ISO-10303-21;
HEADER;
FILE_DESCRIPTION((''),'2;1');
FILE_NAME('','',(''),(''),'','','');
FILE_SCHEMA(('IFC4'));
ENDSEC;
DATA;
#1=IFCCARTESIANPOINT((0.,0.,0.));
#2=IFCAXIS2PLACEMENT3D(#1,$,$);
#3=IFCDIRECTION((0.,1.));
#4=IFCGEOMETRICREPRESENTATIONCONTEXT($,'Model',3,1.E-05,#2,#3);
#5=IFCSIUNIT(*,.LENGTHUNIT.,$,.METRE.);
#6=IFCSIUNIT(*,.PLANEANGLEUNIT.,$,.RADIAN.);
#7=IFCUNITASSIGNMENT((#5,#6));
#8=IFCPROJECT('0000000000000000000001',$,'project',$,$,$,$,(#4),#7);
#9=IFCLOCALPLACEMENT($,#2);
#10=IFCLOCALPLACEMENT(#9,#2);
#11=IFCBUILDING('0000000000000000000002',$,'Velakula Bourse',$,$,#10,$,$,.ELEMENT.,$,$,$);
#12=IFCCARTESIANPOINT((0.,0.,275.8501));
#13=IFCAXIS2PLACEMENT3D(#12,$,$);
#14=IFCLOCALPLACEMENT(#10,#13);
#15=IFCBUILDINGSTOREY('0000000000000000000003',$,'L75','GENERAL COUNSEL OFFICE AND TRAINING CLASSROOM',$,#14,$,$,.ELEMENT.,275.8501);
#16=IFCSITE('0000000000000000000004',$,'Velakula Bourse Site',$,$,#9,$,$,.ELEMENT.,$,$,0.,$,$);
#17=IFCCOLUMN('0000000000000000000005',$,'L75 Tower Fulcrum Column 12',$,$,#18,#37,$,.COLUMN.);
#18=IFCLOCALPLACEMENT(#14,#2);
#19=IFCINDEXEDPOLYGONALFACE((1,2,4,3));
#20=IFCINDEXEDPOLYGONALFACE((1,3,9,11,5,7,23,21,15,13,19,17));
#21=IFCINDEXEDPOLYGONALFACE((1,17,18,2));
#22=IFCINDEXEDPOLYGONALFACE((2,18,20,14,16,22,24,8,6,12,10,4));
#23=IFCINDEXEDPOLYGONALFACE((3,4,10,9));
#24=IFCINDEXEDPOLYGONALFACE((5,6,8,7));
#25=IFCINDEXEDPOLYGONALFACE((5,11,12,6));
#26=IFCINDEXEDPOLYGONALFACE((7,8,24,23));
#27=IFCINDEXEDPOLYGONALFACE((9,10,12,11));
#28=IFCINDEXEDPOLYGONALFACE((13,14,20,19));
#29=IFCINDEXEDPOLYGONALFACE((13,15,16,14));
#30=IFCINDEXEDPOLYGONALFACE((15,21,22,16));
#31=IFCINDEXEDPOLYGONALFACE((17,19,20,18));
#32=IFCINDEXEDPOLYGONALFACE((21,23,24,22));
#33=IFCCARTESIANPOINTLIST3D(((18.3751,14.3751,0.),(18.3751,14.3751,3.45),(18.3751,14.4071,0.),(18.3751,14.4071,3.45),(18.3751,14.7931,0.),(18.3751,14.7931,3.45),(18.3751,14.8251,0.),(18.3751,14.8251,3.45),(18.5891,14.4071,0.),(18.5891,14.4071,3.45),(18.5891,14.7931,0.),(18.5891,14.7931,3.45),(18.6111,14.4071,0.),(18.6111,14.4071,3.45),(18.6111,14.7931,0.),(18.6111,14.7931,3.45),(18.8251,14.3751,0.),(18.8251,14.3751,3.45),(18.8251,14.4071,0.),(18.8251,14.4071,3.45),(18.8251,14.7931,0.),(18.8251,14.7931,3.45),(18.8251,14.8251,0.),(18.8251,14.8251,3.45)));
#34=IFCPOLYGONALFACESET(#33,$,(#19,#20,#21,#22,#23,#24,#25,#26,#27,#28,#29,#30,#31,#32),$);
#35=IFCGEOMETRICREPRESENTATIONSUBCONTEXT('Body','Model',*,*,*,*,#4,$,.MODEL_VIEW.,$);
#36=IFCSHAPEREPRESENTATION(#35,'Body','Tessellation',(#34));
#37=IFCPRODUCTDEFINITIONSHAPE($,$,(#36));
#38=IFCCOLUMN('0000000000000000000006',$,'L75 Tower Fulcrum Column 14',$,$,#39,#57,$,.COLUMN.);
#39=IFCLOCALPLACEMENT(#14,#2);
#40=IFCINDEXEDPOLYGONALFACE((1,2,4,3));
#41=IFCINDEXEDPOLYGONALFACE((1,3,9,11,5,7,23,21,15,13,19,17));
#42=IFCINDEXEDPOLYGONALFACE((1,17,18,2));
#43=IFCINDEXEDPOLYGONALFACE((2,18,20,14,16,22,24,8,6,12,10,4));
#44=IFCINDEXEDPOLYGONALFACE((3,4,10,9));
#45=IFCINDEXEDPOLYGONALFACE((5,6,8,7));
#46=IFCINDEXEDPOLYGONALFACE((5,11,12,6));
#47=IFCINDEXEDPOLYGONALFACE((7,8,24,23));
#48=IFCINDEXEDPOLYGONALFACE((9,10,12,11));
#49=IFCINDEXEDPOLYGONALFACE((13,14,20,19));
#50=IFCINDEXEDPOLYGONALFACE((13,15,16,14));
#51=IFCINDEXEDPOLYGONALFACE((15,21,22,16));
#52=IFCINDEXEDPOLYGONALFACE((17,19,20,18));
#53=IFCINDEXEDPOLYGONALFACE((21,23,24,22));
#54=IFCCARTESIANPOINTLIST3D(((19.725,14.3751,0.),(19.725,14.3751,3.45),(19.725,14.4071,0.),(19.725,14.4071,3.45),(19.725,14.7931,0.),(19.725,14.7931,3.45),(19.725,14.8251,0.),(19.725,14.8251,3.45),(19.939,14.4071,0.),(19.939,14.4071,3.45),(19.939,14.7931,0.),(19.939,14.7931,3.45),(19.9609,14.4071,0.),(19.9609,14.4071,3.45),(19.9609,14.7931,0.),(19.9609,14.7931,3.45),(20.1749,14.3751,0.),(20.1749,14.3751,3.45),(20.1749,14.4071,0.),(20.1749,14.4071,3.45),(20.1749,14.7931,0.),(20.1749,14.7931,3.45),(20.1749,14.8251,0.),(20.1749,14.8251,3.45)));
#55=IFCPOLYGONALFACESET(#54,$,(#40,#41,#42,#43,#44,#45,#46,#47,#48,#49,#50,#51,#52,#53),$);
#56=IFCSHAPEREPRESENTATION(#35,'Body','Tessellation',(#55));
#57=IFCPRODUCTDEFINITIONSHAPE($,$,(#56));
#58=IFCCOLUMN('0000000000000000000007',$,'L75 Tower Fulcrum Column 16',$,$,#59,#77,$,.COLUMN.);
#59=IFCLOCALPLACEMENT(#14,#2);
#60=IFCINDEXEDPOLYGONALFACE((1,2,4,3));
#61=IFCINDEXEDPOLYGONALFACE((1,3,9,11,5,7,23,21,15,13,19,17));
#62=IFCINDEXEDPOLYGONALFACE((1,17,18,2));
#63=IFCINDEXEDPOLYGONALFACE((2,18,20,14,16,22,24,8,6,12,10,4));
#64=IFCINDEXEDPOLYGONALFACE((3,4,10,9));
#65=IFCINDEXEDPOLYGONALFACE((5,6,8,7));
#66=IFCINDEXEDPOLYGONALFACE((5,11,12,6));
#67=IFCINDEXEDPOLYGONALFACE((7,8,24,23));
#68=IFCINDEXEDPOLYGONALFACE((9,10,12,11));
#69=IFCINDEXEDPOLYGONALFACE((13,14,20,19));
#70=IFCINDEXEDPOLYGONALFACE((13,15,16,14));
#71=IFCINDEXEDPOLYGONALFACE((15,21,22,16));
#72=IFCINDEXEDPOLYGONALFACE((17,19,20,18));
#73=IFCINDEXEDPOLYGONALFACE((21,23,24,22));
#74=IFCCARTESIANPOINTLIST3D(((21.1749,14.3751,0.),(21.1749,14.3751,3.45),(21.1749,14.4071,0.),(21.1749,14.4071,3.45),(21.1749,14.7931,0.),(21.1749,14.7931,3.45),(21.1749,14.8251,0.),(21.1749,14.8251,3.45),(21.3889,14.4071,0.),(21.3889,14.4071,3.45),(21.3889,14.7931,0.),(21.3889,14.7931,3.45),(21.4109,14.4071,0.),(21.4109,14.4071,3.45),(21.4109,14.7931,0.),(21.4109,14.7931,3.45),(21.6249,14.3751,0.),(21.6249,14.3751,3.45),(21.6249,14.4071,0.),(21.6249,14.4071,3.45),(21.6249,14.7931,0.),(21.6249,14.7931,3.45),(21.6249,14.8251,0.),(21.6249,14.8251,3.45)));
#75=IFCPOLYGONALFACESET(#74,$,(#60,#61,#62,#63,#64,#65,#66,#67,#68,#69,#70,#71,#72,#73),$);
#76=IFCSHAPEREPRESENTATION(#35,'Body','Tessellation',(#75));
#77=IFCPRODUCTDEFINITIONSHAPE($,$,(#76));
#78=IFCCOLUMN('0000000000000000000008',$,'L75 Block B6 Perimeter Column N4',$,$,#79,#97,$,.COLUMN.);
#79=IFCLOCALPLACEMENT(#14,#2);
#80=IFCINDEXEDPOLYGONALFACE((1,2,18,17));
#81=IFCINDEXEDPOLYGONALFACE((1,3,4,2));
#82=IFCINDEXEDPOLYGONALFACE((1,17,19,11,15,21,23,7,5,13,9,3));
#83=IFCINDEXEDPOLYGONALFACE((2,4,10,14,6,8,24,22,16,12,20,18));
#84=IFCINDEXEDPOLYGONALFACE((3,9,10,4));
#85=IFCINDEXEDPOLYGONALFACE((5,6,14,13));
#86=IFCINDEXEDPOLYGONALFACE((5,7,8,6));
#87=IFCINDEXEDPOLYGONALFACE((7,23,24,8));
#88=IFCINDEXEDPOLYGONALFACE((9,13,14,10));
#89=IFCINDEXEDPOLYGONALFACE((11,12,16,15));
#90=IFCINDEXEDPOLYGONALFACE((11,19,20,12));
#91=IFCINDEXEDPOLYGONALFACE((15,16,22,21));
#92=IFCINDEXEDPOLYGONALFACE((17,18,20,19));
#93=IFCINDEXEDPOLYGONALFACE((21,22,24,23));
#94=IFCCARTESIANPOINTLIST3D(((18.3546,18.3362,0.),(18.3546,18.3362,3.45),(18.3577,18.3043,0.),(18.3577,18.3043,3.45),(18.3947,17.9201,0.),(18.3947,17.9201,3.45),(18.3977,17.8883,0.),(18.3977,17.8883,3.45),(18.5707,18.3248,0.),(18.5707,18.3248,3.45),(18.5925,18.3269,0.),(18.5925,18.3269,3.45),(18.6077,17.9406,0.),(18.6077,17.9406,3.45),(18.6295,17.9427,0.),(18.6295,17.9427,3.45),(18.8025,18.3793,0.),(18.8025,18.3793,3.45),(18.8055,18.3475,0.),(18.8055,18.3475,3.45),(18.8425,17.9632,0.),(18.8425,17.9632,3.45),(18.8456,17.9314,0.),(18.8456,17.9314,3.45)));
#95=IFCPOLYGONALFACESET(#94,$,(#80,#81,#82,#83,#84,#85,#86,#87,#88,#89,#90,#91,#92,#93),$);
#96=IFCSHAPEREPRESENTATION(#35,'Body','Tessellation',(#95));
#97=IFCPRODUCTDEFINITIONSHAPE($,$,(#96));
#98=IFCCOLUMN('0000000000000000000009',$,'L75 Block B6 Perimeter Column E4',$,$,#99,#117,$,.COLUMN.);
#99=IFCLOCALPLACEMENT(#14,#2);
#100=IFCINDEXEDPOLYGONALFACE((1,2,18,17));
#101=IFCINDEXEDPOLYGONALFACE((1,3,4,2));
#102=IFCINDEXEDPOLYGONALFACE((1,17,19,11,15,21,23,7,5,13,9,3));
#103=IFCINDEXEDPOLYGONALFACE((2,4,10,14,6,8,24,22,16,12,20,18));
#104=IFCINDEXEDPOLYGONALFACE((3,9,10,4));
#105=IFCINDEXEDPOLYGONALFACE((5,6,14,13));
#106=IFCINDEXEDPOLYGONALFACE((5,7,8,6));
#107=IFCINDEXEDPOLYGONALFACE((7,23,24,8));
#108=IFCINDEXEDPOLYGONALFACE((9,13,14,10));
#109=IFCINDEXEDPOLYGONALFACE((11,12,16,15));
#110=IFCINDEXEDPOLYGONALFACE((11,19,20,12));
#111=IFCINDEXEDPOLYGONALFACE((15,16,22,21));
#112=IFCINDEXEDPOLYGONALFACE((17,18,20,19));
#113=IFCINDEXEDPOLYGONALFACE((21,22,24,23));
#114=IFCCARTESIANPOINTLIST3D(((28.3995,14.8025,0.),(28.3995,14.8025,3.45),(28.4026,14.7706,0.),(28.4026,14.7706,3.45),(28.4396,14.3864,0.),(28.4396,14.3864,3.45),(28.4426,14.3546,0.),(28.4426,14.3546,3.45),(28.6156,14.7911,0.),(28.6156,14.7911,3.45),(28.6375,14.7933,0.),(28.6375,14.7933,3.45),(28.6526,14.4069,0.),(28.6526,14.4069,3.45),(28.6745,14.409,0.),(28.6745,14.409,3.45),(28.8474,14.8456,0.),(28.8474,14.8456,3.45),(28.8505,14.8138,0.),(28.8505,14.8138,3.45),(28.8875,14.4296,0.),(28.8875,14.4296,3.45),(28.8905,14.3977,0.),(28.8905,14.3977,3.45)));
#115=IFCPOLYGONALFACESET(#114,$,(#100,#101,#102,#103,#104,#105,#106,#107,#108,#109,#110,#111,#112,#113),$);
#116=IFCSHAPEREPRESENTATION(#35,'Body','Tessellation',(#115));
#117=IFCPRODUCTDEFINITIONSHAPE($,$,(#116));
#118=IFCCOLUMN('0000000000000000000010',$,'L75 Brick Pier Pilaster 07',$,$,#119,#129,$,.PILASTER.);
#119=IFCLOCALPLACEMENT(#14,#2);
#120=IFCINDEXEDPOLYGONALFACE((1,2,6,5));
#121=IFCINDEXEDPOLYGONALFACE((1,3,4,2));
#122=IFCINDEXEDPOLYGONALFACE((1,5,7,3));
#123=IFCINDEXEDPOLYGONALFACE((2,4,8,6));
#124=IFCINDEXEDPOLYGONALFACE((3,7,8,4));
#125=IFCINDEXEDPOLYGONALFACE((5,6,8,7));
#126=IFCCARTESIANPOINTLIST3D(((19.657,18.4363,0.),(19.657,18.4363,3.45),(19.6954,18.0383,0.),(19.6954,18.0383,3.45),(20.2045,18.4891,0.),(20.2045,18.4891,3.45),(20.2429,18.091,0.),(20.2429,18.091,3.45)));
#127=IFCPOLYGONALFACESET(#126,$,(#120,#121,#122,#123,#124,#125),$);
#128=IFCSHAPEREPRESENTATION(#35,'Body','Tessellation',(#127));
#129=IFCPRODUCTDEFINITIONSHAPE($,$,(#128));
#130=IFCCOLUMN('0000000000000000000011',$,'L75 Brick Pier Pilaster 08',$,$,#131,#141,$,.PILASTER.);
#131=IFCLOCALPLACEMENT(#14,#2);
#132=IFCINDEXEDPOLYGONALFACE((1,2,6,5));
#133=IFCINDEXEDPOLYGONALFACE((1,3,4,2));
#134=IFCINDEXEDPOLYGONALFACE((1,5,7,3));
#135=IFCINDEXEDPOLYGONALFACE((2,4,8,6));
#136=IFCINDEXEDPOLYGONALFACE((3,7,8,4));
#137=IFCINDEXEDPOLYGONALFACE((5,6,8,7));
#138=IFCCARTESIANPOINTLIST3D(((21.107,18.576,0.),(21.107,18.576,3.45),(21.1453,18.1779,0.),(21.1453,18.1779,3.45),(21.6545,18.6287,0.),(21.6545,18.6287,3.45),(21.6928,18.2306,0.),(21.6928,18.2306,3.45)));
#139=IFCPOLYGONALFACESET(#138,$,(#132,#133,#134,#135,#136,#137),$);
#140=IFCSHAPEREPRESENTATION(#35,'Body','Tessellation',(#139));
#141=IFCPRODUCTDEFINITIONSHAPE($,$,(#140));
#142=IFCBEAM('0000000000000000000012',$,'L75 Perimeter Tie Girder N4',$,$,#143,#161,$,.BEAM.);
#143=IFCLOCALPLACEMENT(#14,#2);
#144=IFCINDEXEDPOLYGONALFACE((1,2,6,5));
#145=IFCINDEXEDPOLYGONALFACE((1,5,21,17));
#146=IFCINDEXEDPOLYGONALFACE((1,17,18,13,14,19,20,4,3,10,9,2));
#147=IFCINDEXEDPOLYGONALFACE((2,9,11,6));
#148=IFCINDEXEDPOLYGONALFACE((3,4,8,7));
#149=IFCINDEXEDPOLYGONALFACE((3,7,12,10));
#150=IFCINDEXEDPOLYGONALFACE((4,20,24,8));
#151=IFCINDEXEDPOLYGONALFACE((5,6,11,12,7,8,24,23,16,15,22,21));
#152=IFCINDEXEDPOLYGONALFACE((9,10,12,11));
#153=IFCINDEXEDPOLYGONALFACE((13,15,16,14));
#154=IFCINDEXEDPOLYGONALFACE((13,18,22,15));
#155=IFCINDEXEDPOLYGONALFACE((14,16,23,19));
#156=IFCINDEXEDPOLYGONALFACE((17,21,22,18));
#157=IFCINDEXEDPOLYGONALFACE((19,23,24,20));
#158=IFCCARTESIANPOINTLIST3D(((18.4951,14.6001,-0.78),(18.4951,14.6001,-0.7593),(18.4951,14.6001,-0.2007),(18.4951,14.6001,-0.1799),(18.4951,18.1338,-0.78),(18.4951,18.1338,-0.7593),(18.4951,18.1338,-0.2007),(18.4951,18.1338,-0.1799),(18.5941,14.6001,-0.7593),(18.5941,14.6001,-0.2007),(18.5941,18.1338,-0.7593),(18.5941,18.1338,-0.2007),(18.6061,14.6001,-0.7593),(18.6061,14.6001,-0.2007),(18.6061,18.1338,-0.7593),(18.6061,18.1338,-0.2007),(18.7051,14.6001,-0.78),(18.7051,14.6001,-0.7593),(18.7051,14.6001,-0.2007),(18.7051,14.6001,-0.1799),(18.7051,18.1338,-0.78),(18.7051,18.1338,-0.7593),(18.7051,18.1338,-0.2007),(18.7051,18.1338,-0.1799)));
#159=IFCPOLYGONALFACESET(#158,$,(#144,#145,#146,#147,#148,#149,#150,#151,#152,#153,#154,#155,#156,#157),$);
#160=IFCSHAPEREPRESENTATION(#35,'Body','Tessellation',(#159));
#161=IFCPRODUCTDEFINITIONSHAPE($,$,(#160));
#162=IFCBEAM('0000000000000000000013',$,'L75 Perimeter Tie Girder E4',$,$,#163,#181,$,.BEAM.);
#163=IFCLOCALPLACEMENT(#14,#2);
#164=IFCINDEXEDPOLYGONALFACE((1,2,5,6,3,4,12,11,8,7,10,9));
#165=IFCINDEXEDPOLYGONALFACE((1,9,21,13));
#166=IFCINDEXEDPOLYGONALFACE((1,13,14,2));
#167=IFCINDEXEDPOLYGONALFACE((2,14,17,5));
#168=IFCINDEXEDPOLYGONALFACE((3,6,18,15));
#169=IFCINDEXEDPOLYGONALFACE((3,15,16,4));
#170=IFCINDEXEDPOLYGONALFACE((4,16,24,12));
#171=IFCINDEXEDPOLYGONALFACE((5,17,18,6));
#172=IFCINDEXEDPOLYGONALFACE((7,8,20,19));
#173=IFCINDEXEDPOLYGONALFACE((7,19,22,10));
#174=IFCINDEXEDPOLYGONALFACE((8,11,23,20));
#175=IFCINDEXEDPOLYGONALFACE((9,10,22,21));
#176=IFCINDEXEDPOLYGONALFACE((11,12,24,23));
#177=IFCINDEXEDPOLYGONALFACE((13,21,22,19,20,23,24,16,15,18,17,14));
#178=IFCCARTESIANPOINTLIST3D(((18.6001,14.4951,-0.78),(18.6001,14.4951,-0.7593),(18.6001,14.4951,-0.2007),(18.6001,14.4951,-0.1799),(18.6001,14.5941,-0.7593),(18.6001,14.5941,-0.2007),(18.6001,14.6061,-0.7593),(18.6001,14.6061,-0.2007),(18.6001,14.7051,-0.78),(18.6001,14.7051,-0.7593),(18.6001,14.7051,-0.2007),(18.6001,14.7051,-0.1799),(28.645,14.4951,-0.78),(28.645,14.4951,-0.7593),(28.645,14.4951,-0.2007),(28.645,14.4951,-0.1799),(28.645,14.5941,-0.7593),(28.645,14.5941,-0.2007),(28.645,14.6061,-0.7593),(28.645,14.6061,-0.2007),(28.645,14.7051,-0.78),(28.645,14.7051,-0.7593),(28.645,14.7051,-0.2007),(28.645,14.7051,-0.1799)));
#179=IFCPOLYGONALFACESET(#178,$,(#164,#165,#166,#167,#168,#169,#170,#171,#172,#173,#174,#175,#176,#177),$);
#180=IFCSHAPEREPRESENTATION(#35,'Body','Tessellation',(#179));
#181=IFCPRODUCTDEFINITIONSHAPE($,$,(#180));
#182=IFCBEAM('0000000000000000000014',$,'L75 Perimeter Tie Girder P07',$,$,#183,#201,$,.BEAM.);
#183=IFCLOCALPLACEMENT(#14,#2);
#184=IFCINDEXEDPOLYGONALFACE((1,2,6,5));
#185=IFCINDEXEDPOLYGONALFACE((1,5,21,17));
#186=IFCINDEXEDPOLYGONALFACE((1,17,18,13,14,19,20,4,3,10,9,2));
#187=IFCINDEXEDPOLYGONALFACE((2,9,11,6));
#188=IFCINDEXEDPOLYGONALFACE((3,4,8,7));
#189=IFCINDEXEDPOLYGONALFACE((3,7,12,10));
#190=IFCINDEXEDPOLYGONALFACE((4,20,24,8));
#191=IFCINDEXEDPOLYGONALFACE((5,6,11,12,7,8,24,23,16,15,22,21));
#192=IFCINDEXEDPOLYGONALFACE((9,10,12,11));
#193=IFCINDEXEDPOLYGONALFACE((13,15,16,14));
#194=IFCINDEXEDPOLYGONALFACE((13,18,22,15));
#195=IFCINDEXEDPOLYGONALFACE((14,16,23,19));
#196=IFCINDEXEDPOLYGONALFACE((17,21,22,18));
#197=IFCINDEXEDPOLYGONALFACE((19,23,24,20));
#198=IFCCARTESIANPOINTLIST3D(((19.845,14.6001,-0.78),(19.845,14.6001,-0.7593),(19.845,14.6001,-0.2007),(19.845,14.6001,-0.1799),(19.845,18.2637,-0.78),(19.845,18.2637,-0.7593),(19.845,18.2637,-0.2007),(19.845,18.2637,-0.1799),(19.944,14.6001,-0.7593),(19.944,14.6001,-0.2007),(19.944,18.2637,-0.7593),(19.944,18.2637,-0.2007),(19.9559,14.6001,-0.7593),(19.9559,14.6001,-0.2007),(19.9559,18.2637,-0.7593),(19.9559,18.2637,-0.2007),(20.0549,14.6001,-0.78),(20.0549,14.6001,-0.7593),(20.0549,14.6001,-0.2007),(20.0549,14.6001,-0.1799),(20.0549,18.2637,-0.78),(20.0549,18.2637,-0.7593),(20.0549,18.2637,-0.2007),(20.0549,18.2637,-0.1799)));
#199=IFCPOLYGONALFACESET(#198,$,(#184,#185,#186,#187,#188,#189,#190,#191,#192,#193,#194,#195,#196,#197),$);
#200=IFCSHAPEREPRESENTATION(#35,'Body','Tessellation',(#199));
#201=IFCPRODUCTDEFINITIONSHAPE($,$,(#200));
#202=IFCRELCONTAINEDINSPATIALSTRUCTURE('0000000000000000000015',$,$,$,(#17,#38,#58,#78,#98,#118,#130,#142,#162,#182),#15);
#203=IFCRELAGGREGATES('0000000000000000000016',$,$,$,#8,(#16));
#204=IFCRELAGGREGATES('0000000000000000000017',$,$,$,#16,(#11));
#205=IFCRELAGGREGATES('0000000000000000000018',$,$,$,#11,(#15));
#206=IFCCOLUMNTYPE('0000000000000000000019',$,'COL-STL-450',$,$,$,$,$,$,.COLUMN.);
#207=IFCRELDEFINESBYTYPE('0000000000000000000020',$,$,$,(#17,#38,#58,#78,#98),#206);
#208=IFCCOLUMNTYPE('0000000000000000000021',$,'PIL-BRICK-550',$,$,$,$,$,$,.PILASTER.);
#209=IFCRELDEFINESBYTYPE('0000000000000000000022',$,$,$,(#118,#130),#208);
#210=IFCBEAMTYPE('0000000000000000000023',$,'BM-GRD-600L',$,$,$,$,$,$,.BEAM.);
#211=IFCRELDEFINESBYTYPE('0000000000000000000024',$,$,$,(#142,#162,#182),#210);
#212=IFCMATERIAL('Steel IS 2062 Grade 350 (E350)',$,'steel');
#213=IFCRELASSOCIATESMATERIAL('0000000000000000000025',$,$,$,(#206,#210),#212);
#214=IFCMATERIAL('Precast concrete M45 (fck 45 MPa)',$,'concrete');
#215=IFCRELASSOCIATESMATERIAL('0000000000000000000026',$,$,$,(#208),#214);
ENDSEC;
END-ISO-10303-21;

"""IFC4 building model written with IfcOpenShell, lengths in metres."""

from ifc_helpers import new_model, si_unit, direction, frame, origin, origin_2d, place, context, subcontext, project, spatial, rectangle, i_section, extrude, material, material_profile, profile_set, type_object, element, save


model = new_model("IFC4")

# Units and contexts
model_context = context("Model", 3, precision=1e-05, world=origin(), true_north=direction((0.0, 1.0)))
body_context = subcontext(model_context, "Body", "Model", "MODEL_VIEW")
ifc_project = project(units=[si_unit("LENGTHUNIT", "METRE"), si_unit("PLANEANGLEUNIT", "RADIAN")], contexts=[model_context])

# Site, building, storey
site_placement = place(None, origin())
site = spatial("IfcSite", under=ifc_project, at=site_placement, Name="Velakula Bourse Site", CompositionType="ELEMENT", RefElevation=0.0)
building_placement = place(site_placement, origin())
building = spatial("IfcBuilding", under=site, at=building_placement, Name="Velakula Bourse", CompositionType="ELEMENT")
storey_placement = place(building_placement, frame((0.0, 0.0, 275.8501)))
storey = spatial("IfcBuildingStorey", under=building, at=storey_placement, Name="L75", Description="GENERAL COUNSEL OFFICE AND TRAINING CLASSROOM", CompositionType="ELEMENT", Elevation=275.8501)

# Columns
ifc_material_1 = material(Name="Steel IS 2062 Grade 350 (E350)", Category="steel")
ifc_material_profile_1 = material_profile(ifc_material_1, i_section(OverallWidth=0.45, OverallDepth=0.45, WebThickness=0.022, FlangeThickness=0.032, at=origin_2d()), Name="Steel IS 2062 Grade 350 (E350)")
ifc_profile_set_1 = profile_set([ifc_material_profile_1], Name="Steel IS 2062 Grade 350 (E350)")
column_type_1 = type_object("IfcColumnType", Name="COL-STL-450", PredefinedType="COLUMN", material=ifc_profile_set_1)
for number, where, z_axis, x_axis, name in (
    (1, (18.6001, 14.6001, 0.0), (0.0, 0.0, 1.0), (1.0, 0.0, 0.0), "L75 Tower Fulcrum Column 12"),
    (2, (19.95, 14.6001, 0.0), (0.0, 0.0, 1.0), (1.0, 0.0, 0.0), "L75 Tower Fulcrum Column 14"),
    (3, (21.3999, 14.6001, 0.0), (0.0, 0.0, 1.0), (1.0, 0.0, 0.0), "L75 Tower Fulcrum Column 16"),
    (4, (18.6001, 18.1338, 0.0), (0.0, 0.0, 1.0), (0.995396, 0.095846, 0.0), "L75 Block B6 Perimeter Column N4"),
    (5, (28.645, 14.6001, 0.0), (0.0, 0.0, 1.0), (0.995396, 0.095846, 0.0), "L75 Block B6 Perimeter Column E4"),
):
    element("IfcColumn", number, at=place(storey_placement, frame(where, z_axis=z_axis, x_axis=x_axis)), inside=storey, type_object=column_type_1, Name=name, PredefinedType="COLUMN", context=body_context, shape_type="SweptSolid", body=[
        extrude(i_section(OverallWidth=0.45, OverallDepth=0.45, WebThickness=0.022, FlangeThickness=0.032, at=origin_2d()), origin(), (0.0, 0.0, 1.0), 3.45),
    ])
ifc_material_2 = material(Name="Precast concrete M45 (fck 45 MPa)", Category="concrete")
ifc_material_profile_2 = material_profile(ifc_material_2, rectangle(XDim=0.55, YDim=0.3999, at=origin_2d()), Name="Precast concrete M45 (fck 45 MPa)")
ifc_profile_set_2 = profile_set([ifc_material_profile_2], Name="Precast concrete M45 (fck 45 MPa)")
column_type_2 = type_object("IfcColumnType", Name="PIL-BRICK-550", PredefinedType="PILASTER", material=ifc_profile_set_2)
for number, where, z_axis, x_axis, name in (
    (6, (19.95, 18.2637, 0.0), (0.0, 0.0, 1.0), (0.995396, 0.095846, 0.0), "L75 Brick Pier Pilaster 07"),
    (7, (21.3999, 18.4033, 0.0), (0.0, 0.0, 1.0), (0.995396, 0.095846, 0.0), "L75 Brick Pier Pilaster 08"),
):
    element("IfcColumn", number, at=place(storey_placement, frame(where, z_axis=z_axis, x_axis=x_axis)), inside=storey, type_object=column_type_2, Name=name, PredefinedType="PILASTER", context=body_context, shape_type="SweptSolid", body=[
        extrude(rectangle(XDim=0.55, YDim=0.3999, at=origin_2d()), origin(), (0.0, 0.0, 1.0), 3.45),
    ])

# Beams
ifc_material_profile_3 = material_profile(ifc_material_1, i_section(OverallWidth=0.21, OverallDepth=0.6001, WebThickness=0.012, FlangeThickness=0.0208, at=origin_2d()), Name="Steel IS 2062 Grade 350 (E350)")
ifc_profile_set_3 = profile_set([ifc_material_profile_3], Name="Steel IS 2062 Grade 350 (E350)")
beam_type_1 = type_object("IfcBeamType", Name="BM-GRD-600L", PredefinedType="BEAM", material=ifc_profile_set_3)
beam_1_placement = place(storey_placement, frame((18.6001, 14.6001, -0.48), z_axis=(0.0, 1.0, 0.0), x_axis=(-1.0, 0.0, 0.0)))
element("IfcBeam", 8, at=beam_1_placement, inside=storey, type_object=beam_type_1, Name="L75 Perimeter Tie Girder N4", PredefinedType="BEAM", context=body_context, shape_type="SweptSolid", body=[
    extrude(i_section(OverallWidth=0.21, OverallDepth=0.6001, WebThickness=0.012, FlangeThickness=0.0208, at=origin_2d()), origin(), (0.0, 0.0, 1.0), 3.5337),
])
beam_2_placement = place(storey_placement, frame((18.6001, 14.6001, -0.48), z_axis=(1.0, 0.0, 0.0), x_axis=(0.0, 1.0, 0.0)))
element("IfcBeam", 9, at=beam_2_placement, inside=storey, type_object=beam_type_1, Name="L75 Perimeter Tie Girder E4", PredefinedType="BEAM", context=body_context, shape_type="SweptSolid", body=[
    extrude(i_section(OverallWidth=0.21, OverallDepth=0.6001, WebThickness=0.012, FlangeThickness=0.0208, at=origin_2d()), origin(), (0.0, 0.0, 1.0), 10.0449),
])
beam_3_placement = place(storey_placement, frame((19.95, 14.6001, -0.48), z_axis=(0.0, 1.0, 0.0), x_axis=(-1.0, 0.0, 0.0)))
element("IfcBeam", 10, at=beam_3_placement, inside=storey, type_object=beam_type_1, Name="L75 Perimeter Tie Girder P07", PredefinedType="BEAM", context=body_context, shape_type="SweptSolid", body=[
    extrude(i_section(OverallWidth=0.21, OverallDepth=0.6001, WebThickness=0.012, FlangeThickness=0.0208, at=origin_2d()), origin(), (0.0, 0.0, 1.0), 3.6636),
])

save(model, "model.ifc")
